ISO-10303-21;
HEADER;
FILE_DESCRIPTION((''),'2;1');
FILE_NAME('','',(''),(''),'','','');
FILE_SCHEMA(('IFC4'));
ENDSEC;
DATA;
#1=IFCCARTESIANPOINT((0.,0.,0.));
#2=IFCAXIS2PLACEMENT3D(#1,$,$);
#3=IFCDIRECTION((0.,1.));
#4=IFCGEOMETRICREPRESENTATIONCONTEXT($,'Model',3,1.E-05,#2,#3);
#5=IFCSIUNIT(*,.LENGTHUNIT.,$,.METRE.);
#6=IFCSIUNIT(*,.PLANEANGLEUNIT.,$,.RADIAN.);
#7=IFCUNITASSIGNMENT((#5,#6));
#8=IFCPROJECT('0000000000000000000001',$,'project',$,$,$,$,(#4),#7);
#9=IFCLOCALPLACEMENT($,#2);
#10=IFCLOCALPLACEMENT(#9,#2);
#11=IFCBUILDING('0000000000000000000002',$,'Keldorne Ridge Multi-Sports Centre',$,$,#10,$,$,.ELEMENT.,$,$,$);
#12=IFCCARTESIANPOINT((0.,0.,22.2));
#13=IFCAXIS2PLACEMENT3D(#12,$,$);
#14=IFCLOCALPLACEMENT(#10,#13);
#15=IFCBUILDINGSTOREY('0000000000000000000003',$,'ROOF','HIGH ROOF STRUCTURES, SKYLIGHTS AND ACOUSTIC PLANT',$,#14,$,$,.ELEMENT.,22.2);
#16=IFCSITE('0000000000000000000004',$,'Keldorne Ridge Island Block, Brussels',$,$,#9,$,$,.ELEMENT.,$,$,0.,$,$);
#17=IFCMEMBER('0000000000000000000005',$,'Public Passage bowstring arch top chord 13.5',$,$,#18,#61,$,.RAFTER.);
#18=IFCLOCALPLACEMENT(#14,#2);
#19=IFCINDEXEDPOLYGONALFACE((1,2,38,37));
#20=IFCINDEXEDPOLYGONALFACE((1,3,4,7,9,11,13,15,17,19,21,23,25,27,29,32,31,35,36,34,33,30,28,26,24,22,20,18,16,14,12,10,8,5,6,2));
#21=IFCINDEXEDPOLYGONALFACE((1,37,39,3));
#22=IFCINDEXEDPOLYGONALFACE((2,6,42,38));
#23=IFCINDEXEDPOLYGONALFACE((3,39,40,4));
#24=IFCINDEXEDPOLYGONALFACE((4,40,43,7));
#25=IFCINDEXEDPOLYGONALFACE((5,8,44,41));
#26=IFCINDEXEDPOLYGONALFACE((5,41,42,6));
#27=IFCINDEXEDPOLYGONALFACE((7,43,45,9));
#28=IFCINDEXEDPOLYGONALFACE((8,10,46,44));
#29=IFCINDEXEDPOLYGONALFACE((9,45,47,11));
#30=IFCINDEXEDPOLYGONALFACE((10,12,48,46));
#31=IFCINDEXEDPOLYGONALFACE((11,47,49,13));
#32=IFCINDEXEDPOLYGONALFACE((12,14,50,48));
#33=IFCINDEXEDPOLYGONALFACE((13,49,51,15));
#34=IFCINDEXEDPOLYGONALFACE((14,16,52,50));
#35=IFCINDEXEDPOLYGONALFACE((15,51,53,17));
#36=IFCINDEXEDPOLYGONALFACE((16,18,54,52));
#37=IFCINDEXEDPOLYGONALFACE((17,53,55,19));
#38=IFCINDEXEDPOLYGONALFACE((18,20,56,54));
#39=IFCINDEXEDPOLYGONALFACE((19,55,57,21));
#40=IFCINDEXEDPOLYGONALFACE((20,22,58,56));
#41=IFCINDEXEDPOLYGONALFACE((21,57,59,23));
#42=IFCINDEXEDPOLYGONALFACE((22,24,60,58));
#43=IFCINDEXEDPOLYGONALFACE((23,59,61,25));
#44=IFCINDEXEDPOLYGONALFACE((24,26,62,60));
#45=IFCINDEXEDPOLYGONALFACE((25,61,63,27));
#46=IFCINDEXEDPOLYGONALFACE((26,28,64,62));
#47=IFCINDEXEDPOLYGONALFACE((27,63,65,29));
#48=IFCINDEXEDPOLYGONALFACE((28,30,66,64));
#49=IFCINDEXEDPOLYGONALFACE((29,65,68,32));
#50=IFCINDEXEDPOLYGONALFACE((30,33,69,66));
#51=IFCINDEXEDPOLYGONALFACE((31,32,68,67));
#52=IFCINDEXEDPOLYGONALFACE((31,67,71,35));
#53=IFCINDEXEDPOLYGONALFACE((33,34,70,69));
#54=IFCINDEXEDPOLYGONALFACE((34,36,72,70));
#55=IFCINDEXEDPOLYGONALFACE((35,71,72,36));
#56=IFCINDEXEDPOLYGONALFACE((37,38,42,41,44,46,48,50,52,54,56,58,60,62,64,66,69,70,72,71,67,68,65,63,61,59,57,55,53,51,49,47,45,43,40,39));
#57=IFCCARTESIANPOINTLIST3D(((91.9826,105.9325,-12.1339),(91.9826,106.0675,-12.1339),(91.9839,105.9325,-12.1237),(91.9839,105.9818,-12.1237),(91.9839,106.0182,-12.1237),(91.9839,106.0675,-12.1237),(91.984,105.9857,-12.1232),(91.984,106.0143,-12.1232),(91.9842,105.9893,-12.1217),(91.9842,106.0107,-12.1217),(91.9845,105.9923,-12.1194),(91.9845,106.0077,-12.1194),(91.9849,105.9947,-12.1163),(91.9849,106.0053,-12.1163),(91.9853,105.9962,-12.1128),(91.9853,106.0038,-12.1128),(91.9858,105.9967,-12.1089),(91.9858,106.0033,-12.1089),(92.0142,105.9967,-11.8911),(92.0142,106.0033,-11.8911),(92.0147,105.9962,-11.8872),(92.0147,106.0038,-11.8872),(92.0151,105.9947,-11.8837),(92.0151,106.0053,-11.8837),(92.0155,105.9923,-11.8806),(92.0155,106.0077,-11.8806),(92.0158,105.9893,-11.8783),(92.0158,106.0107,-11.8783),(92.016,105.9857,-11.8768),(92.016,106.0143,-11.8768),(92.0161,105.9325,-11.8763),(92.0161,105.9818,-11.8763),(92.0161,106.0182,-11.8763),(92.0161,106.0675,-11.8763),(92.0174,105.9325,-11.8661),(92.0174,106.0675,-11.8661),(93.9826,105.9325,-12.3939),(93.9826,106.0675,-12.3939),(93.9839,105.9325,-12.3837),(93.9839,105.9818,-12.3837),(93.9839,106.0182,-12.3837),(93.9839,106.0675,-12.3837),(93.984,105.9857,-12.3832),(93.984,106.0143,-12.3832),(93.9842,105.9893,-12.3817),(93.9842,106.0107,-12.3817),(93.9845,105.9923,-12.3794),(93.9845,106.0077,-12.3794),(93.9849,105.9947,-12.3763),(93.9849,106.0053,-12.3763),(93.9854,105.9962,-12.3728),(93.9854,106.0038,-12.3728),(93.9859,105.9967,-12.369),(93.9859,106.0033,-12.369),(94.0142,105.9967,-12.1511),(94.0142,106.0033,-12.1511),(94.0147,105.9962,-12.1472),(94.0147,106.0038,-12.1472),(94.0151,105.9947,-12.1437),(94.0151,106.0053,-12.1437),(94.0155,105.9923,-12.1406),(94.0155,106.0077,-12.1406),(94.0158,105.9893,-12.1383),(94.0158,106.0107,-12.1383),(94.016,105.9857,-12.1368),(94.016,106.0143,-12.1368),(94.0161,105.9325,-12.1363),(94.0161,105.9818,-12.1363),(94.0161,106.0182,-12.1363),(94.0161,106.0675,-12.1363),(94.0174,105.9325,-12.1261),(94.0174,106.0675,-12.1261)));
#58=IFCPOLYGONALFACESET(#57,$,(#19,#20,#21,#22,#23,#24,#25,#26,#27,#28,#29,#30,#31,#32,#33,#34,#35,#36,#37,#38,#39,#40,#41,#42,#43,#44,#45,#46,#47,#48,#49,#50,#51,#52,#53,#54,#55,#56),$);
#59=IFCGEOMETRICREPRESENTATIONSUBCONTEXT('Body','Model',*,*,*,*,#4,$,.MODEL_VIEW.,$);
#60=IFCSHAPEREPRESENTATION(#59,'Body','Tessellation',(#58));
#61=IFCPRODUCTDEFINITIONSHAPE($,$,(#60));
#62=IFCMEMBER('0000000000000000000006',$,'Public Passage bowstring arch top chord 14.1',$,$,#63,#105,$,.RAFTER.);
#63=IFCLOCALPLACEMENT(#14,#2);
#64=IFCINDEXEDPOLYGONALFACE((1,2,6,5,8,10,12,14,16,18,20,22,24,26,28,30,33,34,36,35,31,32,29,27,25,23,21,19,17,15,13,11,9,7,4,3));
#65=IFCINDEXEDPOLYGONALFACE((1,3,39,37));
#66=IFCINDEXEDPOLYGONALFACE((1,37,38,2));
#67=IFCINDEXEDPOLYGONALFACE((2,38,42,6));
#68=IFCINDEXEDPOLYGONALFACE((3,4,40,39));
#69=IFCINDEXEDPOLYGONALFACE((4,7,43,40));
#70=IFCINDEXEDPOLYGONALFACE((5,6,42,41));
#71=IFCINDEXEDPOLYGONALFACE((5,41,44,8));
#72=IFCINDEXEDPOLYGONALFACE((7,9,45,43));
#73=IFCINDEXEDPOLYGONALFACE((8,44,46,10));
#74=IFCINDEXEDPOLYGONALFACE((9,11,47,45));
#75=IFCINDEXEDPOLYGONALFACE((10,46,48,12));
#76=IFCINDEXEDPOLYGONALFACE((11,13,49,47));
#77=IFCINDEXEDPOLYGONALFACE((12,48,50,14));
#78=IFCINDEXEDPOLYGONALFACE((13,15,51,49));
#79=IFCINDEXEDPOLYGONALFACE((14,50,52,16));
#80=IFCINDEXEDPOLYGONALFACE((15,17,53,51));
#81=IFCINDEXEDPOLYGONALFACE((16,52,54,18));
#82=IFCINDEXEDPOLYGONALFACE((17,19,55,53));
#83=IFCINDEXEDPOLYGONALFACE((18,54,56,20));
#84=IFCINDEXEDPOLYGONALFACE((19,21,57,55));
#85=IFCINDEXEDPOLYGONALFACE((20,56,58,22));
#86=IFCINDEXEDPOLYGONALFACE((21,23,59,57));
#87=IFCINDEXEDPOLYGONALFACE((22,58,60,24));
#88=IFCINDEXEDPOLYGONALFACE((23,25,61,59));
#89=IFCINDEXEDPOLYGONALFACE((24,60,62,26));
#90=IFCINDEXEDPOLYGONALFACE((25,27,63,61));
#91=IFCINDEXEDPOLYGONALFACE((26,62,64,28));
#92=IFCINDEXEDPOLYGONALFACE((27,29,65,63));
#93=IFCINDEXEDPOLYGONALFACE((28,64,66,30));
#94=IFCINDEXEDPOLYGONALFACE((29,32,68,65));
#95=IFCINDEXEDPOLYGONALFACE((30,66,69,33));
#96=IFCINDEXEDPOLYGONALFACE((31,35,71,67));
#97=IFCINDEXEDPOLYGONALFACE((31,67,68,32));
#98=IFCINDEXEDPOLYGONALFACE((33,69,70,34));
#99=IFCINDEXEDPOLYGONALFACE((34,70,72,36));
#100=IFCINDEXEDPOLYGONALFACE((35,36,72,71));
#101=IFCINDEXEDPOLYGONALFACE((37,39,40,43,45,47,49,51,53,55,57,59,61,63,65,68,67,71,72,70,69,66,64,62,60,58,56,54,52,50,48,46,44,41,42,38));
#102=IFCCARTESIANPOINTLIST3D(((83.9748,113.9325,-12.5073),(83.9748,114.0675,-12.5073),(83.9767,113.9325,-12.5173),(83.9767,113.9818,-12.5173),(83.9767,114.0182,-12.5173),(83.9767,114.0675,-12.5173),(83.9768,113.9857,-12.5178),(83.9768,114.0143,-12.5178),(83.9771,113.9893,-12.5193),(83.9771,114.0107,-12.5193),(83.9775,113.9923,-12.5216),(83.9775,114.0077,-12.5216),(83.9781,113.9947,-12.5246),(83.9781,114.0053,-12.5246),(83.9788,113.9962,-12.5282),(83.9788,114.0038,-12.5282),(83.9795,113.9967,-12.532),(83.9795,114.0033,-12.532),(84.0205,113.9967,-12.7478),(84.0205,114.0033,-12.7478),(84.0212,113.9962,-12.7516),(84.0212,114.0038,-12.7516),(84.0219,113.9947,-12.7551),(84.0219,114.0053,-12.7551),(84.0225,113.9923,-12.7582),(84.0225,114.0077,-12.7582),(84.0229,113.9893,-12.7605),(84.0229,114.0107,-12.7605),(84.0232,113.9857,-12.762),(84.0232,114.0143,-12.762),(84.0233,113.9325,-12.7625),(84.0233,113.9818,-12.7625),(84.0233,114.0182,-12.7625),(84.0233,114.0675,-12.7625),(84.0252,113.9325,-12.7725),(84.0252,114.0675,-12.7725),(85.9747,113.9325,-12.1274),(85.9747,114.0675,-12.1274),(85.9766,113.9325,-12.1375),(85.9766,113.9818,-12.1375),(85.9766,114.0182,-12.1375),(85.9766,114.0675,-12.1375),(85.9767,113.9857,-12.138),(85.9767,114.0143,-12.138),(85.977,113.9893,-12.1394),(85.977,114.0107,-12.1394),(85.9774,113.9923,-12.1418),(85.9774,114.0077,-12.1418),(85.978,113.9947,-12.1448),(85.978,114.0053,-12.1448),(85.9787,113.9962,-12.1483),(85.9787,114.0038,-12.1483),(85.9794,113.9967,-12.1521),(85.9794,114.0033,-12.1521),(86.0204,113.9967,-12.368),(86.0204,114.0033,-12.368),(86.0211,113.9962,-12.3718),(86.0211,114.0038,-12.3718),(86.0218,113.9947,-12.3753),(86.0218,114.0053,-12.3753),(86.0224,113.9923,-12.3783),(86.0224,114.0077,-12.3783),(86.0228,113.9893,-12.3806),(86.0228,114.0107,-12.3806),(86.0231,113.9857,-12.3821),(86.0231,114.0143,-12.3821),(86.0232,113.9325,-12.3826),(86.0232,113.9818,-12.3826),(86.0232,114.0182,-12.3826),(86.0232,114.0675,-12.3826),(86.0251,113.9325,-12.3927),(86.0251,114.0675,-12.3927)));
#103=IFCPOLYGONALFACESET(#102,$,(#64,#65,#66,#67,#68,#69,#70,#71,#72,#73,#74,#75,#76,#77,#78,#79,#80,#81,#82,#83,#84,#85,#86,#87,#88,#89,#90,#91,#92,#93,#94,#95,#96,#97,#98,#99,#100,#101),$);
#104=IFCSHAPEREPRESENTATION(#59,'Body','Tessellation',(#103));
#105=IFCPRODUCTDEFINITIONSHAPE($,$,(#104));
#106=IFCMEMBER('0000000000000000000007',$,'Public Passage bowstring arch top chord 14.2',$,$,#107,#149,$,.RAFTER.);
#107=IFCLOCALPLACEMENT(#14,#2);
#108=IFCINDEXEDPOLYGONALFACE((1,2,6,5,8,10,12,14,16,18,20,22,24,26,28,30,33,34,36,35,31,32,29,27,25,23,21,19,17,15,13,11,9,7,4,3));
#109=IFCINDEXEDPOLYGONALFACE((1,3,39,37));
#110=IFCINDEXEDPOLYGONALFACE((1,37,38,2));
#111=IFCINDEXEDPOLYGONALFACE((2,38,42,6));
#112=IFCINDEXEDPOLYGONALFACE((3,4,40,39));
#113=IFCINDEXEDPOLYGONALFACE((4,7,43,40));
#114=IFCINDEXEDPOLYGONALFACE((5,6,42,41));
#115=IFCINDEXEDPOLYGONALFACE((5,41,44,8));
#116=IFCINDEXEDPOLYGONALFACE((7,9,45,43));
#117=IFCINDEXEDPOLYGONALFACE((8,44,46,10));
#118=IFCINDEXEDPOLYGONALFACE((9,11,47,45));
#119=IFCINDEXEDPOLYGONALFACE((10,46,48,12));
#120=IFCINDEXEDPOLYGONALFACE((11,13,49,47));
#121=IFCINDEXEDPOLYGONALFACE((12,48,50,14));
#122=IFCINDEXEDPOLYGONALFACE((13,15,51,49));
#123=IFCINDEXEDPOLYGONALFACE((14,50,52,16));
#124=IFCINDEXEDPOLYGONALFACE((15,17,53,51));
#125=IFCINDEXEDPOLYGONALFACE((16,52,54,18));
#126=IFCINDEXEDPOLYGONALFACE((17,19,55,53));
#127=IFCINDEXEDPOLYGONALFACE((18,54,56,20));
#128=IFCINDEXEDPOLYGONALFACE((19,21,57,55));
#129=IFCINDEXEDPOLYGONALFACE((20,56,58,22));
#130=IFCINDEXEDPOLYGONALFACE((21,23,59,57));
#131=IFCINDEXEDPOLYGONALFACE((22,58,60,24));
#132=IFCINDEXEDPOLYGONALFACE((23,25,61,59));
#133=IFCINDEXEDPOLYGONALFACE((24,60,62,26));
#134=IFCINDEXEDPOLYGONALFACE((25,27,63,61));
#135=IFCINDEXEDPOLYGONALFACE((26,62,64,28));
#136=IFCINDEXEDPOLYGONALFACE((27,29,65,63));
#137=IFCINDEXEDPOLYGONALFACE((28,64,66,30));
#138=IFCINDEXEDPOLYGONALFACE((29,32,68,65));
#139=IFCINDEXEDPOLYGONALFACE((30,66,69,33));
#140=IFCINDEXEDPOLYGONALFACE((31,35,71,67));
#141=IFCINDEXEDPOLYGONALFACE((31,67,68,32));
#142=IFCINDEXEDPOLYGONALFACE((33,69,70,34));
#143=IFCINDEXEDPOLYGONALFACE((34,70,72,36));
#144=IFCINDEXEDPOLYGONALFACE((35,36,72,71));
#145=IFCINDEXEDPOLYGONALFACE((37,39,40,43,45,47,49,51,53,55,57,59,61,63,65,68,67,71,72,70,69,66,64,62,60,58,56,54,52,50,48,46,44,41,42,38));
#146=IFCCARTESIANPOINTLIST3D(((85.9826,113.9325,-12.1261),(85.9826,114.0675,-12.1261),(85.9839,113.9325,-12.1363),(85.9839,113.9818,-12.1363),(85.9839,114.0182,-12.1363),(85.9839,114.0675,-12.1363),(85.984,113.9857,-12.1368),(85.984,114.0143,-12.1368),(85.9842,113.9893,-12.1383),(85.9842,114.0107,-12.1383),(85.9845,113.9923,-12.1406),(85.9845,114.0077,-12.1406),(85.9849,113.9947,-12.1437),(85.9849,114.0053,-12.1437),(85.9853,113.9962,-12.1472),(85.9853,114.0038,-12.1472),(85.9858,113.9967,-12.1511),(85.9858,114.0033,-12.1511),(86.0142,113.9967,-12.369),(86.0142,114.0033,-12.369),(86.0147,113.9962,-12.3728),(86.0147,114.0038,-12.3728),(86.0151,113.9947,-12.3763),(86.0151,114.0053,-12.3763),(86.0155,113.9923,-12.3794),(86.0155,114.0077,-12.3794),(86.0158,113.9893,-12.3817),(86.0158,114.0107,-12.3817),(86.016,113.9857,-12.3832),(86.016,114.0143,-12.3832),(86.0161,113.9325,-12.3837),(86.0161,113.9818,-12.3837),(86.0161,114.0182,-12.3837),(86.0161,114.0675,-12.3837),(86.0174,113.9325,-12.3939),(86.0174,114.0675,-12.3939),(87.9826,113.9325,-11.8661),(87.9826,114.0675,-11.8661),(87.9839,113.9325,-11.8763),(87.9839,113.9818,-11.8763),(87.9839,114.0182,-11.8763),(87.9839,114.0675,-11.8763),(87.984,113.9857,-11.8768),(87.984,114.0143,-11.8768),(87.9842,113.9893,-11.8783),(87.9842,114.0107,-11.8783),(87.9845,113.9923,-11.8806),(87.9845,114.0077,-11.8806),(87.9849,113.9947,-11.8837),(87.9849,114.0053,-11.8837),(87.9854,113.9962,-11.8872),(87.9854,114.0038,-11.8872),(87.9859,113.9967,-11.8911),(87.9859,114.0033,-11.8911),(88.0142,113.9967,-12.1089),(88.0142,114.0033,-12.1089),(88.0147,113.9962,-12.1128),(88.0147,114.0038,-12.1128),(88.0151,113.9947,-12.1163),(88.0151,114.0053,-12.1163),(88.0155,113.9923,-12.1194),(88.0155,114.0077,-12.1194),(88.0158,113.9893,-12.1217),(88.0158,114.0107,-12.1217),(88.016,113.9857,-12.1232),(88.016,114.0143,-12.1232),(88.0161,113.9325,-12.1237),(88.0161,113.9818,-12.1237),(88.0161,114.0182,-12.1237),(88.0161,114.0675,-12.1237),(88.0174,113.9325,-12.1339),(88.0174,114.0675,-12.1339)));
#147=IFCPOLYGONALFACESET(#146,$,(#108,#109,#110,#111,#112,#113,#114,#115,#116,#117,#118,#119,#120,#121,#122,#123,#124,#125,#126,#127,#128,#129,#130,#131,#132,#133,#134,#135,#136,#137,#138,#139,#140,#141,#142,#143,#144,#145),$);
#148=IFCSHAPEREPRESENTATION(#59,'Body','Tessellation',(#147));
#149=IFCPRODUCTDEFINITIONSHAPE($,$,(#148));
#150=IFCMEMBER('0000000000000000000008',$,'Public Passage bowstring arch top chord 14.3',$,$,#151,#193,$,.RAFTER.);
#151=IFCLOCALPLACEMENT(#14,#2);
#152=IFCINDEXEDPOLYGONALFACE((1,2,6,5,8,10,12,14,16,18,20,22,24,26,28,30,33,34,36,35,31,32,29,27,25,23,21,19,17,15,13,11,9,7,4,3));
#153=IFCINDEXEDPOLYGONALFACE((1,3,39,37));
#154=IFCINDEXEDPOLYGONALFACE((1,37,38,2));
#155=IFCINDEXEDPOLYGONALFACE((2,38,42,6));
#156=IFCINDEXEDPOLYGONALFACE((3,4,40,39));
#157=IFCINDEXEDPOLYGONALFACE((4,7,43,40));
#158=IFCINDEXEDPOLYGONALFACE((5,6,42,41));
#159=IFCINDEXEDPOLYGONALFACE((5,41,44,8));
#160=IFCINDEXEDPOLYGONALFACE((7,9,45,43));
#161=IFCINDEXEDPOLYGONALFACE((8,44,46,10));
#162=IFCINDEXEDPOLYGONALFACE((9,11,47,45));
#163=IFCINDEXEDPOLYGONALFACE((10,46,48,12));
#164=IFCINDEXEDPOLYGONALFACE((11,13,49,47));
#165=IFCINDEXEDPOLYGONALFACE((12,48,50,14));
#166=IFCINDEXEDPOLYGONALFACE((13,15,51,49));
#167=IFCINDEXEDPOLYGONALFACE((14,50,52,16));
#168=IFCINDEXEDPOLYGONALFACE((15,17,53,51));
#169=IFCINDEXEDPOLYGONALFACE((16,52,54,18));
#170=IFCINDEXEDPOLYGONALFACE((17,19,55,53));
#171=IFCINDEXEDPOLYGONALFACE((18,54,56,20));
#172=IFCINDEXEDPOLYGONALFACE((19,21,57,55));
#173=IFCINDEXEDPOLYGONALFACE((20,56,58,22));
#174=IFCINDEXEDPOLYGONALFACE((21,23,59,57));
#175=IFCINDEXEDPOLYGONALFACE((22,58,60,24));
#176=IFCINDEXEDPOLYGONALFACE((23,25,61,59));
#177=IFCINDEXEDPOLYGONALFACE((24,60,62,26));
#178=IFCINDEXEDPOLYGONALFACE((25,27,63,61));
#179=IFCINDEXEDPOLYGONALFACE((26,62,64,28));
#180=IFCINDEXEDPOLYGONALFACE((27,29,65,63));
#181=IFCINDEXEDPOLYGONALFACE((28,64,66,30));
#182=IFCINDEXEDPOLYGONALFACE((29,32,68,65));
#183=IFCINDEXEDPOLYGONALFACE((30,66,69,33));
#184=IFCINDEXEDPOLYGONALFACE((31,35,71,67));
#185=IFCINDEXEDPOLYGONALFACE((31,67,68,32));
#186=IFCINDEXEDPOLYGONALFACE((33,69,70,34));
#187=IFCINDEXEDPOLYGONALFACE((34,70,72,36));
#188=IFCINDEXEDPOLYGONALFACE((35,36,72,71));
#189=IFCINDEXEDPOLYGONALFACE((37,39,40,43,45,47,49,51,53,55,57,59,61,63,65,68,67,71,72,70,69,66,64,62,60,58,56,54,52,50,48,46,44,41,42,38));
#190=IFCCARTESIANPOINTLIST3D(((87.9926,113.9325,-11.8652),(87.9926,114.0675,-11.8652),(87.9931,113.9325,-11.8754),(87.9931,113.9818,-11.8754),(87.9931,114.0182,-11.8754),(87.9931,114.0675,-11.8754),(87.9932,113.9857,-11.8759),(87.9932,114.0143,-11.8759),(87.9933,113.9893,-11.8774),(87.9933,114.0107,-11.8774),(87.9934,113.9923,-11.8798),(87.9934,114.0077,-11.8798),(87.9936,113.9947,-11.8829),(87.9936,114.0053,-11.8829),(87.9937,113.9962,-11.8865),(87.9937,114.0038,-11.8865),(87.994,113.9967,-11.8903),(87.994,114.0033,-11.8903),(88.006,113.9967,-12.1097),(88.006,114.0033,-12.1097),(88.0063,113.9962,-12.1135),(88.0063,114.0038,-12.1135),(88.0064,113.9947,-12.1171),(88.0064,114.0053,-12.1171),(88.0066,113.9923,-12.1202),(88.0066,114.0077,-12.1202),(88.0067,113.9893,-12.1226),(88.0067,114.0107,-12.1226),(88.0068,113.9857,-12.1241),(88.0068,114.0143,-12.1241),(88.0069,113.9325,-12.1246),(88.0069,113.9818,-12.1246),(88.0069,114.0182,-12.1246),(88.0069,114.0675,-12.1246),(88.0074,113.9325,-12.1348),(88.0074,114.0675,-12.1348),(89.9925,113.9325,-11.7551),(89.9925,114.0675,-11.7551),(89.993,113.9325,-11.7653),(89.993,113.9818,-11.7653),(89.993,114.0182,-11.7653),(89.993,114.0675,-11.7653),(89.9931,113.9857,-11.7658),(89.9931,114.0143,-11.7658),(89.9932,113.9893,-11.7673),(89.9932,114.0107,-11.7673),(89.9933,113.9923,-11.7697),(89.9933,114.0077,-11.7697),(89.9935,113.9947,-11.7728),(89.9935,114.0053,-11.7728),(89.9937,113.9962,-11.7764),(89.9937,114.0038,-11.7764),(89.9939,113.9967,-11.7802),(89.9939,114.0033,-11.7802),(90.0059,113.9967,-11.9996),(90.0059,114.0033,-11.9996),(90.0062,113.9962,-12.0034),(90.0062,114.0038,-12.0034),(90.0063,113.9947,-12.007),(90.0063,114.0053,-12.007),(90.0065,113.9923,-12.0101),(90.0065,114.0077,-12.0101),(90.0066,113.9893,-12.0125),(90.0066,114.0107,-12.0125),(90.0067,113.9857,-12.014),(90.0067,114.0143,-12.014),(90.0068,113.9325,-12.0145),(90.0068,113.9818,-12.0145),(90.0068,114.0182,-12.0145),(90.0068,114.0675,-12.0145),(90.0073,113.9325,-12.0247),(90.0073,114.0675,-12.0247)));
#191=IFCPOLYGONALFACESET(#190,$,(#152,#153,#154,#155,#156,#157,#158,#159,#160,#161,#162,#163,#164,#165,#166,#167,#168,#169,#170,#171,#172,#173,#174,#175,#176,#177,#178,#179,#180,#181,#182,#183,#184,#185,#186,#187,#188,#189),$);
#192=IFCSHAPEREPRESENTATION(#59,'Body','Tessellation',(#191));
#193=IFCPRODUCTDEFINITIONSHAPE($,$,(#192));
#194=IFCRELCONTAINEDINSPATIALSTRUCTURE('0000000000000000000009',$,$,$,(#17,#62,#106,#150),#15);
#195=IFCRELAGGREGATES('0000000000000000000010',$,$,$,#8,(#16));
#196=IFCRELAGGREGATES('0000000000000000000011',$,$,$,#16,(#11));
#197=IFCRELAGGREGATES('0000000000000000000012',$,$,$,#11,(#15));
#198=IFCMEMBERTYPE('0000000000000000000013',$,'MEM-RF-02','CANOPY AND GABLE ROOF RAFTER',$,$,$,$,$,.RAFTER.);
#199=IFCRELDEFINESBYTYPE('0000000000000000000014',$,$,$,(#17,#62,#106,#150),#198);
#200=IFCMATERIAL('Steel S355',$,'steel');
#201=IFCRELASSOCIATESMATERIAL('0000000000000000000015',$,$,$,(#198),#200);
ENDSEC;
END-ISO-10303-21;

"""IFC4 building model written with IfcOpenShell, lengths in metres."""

from ifc_helpers import new_model, si_unit, direction, frame, origin, origin_2d, place, context, subcontext, project, spatial, i_section, extrude, material, material_profile, profile_set, type_object, element, save


model = new_model("IFC4")

# Units and contexts
model_context = context("Model", 3, precision=1e-05, world=origin(), true_north=direction((0.0, 1.0)))
body_context = subcontext(model_context, "Body", "Model", "MODEL_VIEW")
ifc_project = project(units=[si_unit("LENGTHUNIT", "METRE"), si_unit("PLANEANGLEUNIT", "RADIAN")], contexts=[model_context])

# Site, building, storey
site_placement = place(None, origin())
site = spatial("IfcSite", under=ifc_project, at=site_placement, Name="Keldorne Ridge Island Block, Brussels", CompositionType="ELEMENT", RefElevation=0.0)
building_placement = place(site_placement, origin())
building = spatial("IfcBuilding", under=site, at=building_placement, Name="Keldorne Ridge Multi-Sports Centre", CompositionType="ELEMENT")
storey_placement = place(building_placement, frame((0.0, 0.0, 22.2)))
storey = spatial("IfcBuildingStorey", under=building, at=storey_placement, Name="ROOF", Description="HIGH ROOF STRUCTURES, SKYLIGHTS AND ACOUSTIC PLANT", CompositionType="ELEMENT", Elevation=22.2)

# Members
ifc_material = material(Name="Steel S355", Category="steel")
ifc_material_profile_1 = material_profile(ifc_material, i_section(OverallWidth=0.135, OverallDepth=0.27, WebThickness=0.0066, FlangeThickness=0.0103, FilletRadius=0.0149, at=origin_2d()), Name="IPE 270")
ifc_profile_set_1 = profile_set([ifc_material_profile_1], Name="Steel S355")
member_type_1 = type_object("IfcMemberType", Name="MEM-RF-02", Description="CANOPY AND GABLE ROOF RAFTER", PredefinedType="RAFTER", material=ifc_profile_set_1)
member_1_placement = place(storey_placement, frame((92.0, 106.0, -12.0), z_axis=(0.991655, 0.0, -0.12892), x_axis=(0.0, 1.0, 0.0)))
element("IfcMember", 1, at=member_1_placement, inside=storey, type_object=member_type_1, Name="Public Passage bowstring arch top chord 13.5", PredefinedType="RAFTER", context=body_context, shape_type="SweptSolid", body=[
    extrude(i_section(OverallWidth=0.135, OverallDepth=0.27, WebThickness=0.0066, FlangeThickness=0.0103, FilletRadius=0.0149, at=origin_2d()), origin(), (0.0, 0.0, 1.0), 2.0168),
])
member_2_placement = place(storey_placement, frame((84.0, 114.0, -12.6399), z_axis=(0.982435, 0.0, 0.186605), x_axis=(0.0, 1.0, 0.0)))
element("IfcMember", 2, at=member_2_placement, inside=storey, type_object=member_type_1, Name="Public Passage bowstring arch top chord 14.1", PredefinedType="RAFTER", context=body_context, shape_type="SweptSolid", body=[
    extrude(i_section(OverallWidth=0.135, OverallDepth=0.27, WebThickness=0.0066, FlangeThickness=0.0103, FilletRadius=0.0149, at=origin_2d()), origin(), (0.0, 0.0, 1.0), 2.0356),
])
member_3_placement = place(storey_placement, frame((86.0, 114.0, -12.26), z_axis=(0.991655, 0.0, 0.12892), x_axis=(0.0, 1.0, 0.0)))
element("IfcMember", 3, at=member_3_placement, inside=storey, type_object=member_type_1, Name="Public Passage bowstring arch top chord 14.2", PredefinedType="RAFTER", context=body_context, shape_type="SweptSolid", body=[
    extrude(i_section(OverallWidth=0.135, OverallDepth=0.27, WebThickness=0.0066, FlangeThickness=0.0103, FilletRadius=0.0149, at=origin_2d()), origin(), (0.0, 0.0, 1.0), 2.0168),
])
for number, where, z_axis, x_axis, name in (
    (4, (88.0, 114.0, -12.0), (0.998488, 0.0, 0.05497), (0.0, 1.0, 0.0), "Public Passage bowstring arch top chord 14.3"),
):
    element("IfcMember", number, at=place(storey_placement, frame(where, z_axis=z_axis, x_axis=x_axis)), inside=storey, type_object=member_type_1, Name=name, PredefinedType="RAFTER", context=body_context, shape_type="SweptSolid", body=[
        extrude(i_section(OverallWidth=0.135, OverallDepth=0.27, WebThickness=0.0066, FlangeThickness=0.0103, FilletRadius=0.0149, at=origin_2d()), origin(), (0.0, 0.0, 1.0), 2.0029),
    ])

save(model, "model.ifc")
